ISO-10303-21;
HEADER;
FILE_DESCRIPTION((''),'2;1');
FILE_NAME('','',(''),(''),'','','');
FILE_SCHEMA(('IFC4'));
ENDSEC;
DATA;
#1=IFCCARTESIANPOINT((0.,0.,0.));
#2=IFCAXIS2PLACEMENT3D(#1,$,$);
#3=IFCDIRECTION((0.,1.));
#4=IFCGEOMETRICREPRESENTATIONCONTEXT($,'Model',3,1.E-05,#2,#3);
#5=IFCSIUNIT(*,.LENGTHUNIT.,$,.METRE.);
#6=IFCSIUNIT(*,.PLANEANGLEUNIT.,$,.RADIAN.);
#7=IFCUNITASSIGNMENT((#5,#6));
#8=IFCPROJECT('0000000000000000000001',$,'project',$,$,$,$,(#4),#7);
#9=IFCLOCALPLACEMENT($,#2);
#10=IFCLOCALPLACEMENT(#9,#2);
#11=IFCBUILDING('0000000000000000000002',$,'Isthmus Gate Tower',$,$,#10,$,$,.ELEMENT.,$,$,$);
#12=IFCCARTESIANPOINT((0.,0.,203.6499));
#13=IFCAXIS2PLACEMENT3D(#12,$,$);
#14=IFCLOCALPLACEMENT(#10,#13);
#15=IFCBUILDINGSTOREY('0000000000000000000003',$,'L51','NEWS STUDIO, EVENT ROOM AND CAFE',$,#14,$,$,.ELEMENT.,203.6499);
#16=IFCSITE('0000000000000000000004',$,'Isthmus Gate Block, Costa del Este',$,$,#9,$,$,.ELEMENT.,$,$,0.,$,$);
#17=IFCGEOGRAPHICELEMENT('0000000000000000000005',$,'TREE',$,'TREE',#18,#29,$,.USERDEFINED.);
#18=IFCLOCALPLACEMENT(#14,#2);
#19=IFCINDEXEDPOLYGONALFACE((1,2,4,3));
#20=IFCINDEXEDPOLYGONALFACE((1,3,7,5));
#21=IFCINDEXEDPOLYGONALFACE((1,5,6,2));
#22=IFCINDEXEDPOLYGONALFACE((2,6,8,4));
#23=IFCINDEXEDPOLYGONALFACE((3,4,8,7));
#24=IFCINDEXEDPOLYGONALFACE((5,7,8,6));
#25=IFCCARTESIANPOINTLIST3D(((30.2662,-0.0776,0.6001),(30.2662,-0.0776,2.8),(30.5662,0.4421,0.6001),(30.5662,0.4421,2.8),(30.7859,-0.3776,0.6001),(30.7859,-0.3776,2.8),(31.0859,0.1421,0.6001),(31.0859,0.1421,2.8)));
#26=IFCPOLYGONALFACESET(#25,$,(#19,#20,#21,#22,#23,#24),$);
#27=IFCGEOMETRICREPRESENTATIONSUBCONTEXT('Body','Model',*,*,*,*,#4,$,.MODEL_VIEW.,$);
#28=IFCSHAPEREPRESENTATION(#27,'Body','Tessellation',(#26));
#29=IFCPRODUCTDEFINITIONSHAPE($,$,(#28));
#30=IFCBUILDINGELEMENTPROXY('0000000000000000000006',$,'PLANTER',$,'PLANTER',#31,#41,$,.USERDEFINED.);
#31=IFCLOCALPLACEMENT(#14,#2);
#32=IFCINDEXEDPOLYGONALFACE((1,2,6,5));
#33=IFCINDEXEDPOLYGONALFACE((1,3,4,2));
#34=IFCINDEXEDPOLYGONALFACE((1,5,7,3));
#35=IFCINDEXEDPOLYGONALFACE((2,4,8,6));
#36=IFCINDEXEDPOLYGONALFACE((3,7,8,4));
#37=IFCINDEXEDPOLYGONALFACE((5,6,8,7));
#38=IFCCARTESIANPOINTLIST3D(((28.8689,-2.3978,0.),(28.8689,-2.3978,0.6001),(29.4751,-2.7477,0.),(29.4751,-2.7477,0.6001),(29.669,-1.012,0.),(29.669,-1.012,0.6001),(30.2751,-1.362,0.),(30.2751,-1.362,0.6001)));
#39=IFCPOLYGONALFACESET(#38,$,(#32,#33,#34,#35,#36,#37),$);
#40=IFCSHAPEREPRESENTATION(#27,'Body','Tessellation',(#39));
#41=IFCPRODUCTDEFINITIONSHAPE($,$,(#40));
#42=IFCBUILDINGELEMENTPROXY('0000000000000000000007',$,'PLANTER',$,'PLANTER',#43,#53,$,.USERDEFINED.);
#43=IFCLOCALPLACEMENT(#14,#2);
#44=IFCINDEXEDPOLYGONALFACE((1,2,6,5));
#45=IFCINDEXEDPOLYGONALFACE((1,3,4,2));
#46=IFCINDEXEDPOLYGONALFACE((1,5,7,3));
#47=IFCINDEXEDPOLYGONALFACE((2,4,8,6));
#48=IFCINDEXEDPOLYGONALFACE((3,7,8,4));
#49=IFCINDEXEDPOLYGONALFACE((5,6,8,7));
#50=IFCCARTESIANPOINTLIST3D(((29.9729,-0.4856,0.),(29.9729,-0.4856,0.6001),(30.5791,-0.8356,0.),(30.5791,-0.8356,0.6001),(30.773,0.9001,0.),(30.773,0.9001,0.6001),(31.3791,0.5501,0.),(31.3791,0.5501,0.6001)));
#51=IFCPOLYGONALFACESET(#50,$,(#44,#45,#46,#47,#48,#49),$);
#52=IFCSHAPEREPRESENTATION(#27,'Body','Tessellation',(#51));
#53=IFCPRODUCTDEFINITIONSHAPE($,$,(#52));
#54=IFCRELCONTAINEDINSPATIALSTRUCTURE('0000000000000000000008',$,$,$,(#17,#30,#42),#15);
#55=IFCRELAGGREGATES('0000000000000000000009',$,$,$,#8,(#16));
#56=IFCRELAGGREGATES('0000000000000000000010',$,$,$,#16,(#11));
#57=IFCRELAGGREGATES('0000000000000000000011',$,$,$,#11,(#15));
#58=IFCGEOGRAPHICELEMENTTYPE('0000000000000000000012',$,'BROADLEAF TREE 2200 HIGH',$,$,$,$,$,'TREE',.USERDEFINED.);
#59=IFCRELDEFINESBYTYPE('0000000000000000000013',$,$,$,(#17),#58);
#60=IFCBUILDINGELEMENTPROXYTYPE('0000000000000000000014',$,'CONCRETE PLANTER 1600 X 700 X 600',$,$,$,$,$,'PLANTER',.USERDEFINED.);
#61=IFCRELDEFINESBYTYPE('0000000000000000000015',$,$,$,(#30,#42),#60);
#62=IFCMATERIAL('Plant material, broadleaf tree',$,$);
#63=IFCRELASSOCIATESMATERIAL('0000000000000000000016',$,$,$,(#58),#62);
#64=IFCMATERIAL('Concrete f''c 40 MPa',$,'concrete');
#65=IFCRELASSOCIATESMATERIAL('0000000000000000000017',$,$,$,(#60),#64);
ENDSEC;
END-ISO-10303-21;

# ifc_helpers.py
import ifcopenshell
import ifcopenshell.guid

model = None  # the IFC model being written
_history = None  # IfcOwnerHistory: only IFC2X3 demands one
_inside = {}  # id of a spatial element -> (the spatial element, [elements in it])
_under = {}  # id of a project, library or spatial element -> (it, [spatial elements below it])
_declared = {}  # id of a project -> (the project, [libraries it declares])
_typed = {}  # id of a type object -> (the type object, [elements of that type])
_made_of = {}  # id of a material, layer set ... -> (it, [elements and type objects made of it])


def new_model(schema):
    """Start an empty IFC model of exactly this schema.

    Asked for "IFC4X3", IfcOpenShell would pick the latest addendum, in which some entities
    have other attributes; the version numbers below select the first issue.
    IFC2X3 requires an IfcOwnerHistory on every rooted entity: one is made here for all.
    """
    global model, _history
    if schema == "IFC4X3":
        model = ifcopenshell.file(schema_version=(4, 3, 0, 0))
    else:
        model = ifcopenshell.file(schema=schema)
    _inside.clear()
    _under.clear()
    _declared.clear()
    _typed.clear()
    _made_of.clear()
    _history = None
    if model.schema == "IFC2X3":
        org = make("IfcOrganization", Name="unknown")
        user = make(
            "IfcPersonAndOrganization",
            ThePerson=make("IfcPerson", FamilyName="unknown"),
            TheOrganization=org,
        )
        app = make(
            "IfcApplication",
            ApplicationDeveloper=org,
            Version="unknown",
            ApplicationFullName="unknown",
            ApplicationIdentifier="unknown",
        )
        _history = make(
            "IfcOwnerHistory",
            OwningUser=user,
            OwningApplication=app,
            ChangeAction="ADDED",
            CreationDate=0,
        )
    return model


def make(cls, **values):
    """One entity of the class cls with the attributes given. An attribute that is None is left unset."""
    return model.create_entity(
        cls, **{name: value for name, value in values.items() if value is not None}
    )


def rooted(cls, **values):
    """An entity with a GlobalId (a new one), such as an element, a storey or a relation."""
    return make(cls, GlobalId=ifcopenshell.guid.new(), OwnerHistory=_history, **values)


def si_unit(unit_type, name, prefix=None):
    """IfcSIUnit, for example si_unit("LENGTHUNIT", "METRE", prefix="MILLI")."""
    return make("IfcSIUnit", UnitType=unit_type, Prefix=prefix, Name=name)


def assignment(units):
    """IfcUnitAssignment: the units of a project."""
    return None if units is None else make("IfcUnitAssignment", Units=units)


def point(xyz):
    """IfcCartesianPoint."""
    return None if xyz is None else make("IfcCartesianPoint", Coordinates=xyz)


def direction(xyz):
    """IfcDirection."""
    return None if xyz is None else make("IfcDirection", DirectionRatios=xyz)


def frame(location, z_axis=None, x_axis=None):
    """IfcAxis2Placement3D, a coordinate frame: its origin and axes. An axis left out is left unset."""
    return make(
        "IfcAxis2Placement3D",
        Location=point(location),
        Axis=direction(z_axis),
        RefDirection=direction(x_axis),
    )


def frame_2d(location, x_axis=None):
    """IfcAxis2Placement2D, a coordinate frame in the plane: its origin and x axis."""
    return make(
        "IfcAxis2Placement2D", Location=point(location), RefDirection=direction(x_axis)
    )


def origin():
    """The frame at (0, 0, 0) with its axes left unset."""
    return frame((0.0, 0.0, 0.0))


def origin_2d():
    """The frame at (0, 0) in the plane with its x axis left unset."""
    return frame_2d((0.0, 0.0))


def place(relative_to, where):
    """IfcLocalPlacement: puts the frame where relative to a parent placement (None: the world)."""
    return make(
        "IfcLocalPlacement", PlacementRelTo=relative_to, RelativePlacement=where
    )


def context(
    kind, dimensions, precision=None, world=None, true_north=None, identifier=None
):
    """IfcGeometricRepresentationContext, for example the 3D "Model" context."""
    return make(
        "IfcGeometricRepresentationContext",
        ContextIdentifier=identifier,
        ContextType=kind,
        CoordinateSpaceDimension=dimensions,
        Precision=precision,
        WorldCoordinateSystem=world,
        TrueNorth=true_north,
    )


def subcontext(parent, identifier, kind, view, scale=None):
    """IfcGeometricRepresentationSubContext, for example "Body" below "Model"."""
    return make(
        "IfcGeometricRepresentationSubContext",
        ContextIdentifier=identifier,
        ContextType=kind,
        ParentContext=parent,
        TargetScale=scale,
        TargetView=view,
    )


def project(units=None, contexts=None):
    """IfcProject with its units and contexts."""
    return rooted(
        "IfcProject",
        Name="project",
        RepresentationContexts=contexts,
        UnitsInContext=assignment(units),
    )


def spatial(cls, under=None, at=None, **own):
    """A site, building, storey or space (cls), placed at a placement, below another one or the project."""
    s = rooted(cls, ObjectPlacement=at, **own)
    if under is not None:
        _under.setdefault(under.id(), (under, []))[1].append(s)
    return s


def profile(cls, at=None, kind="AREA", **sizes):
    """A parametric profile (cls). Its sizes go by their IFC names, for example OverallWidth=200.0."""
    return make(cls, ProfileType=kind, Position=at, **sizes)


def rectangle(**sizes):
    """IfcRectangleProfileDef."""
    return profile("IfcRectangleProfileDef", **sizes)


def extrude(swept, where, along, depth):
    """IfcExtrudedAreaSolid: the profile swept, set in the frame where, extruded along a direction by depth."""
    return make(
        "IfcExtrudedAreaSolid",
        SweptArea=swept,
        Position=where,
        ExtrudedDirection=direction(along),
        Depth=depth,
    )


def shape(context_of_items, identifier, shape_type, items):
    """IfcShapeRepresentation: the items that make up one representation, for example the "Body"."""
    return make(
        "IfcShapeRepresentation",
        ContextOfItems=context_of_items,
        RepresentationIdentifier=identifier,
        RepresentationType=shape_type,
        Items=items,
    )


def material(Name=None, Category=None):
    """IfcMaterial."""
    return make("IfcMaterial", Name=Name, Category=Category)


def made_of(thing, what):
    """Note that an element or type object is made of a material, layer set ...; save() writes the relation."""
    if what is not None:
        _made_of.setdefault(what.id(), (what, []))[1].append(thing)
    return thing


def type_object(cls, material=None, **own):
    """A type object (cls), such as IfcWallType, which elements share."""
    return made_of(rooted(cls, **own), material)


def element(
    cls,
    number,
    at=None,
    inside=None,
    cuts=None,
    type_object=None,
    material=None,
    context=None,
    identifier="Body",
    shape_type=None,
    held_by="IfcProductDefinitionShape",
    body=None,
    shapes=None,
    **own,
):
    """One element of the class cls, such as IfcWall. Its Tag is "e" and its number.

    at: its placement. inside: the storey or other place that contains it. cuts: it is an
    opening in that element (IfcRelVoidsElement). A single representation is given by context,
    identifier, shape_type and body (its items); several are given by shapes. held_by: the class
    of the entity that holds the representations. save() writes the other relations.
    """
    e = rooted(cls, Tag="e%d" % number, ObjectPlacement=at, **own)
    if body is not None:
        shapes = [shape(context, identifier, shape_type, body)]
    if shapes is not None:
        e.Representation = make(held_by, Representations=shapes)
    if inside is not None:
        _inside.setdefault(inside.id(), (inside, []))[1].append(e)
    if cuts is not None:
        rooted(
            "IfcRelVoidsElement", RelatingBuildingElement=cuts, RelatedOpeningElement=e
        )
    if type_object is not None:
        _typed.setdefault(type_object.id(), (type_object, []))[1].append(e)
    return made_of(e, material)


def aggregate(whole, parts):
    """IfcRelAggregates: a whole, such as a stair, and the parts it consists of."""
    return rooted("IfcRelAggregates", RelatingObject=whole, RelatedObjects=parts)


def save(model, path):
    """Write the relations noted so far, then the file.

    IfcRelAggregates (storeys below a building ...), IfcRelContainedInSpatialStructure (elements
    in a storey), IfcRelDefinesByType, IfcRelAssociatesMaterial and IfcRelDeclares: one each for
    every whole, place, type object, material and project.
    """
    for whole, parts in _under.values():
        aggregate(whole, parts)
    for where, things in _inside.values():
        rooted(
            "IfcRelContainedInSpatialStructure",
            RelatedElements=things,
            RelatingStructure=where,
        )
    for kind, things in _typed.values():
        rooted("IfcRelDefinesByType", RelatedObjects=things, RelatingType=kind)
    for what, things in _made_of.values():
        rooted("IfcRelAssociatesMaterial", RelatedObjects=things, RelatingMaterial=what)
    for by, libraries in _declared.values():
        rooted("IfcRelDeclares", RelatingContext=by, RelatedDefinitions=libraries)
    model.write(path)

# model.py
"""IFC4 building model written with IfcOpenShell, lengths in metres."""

from ifc_helpers import new_model, si_unit, direction, frame, origin, origin_2d, place, context, subcontext, project, spatial, rectangle, extrude, material, type_object, element, save


model = new_model("IFC4")

# Units and contexts
model_context = context("Model", 3, precision=1e-05, world=origin(), true_north=direction((0.0, 1.0)))
body_context = subcontext(model_context, "Body", "Model", "MODEL_VIEW")
ifc_project = project(units=[si_unit("LENGTHUNIT", "METRE"), si_unit("PLANEANGLEUNIT", "RADIAN")], contexts=[model_context])

# Site, building, storey
site_placement = place(None, origin())
site = spatial("IfcSite", under=ifc_project, at=site_placement, Name="Isthmus Gate Block, Costa del Este", CompositionType="ELEMENT", RefElevation=0.0)
building_placement = place(site_placement, origin())
building = spatial("IfcBuilding", under=site, at=building_placement, Name="Isthmus Gate Tower", CompositionType="ELEMENT")
storey_placement = place(building_placement, frame((0.0, 0.0, 203.6499)))
storey = spatial("IfcBuildingStorey", under=building, at=storey_placement, Name="L51", Description="NEWS STUDIO, EVENT ROOM AND CAFE", CompositionType="ELEMENT", Elevation=203.6499)

# Geographic element
ifc_material_1 = material(Name="Plant material, broadleaf tree")
geographic_element_type = type_object("IfcGeographicElementType", Name="BROADLEAF TREE 2200 HIGH", ElementType="TREE", PredefinedType="USERDEFINED", material=ifc_material_1)
for number, where, z_axis, x_axis, name in (
    (1, (30.676, 0.0322, 0.6001), (0.0, 0.0, 1.0), (0.5, 0.866025, 0.0), "TREE"),
):
    element("IfcGeographicElement", number, at=place(storey_placement, frame(where, z_axis=z_axis, x_axis=x_axis)), inside=storey, type_object=geographic_element_type, Name=name, ObjectType="TREE", PredefinedType="USERDEFINED", context=body_context, shape_type="SweptSolid", body=[
        extrude(rectangle(XDim=0.6001, YDim=0.6001, at=origin_2d()), origin(), (0.0, 0.0, 1.0), 2.2),
    ])

# Building element proxies
ifc_material_2 = material(Name="Concrete f'c 40 MPa", Category="concrete")
building_element_proxy_type = type_object("IfcBuildingElementProxyType", Name="CONCRETE PLANTER 1600 X 700 X 600", ElementType="PLANTER", PredefinedType="USERDEFINED", material=ifc_material_2)
for number, where, z_axis, x_axis, name in (
    (2, (29.572, -1.8799, 0.0), (0.0, 0.0, 1.0), (0.5, 0.866025, 0.0), "PLANTER"),
    (3, (30.676, 0.0322, 0.0), (0.0, 0.0, 1.0), (0.5, 0.866025, 0.0), "PLANTER"),
):
    element("IfcBuildingElementProxy", number, at=place(storey_placement, frame(where, z_axis=z_axis, x_axis=x_axis)), inside=storey, type_object=building_element_proxy_type, Name=name, ObjectType="PLANTER", PredefinedType="USERDEFINED", context=body_context, shape_type="SweptSolid", body=[
        extrude(rectangle(XDim=1.6001, YDim=0.7, at=origin_2d()), origin(), (0.0, 0.0, 1.0), 0.6001),
    ])

save(model, "model.ifc")
